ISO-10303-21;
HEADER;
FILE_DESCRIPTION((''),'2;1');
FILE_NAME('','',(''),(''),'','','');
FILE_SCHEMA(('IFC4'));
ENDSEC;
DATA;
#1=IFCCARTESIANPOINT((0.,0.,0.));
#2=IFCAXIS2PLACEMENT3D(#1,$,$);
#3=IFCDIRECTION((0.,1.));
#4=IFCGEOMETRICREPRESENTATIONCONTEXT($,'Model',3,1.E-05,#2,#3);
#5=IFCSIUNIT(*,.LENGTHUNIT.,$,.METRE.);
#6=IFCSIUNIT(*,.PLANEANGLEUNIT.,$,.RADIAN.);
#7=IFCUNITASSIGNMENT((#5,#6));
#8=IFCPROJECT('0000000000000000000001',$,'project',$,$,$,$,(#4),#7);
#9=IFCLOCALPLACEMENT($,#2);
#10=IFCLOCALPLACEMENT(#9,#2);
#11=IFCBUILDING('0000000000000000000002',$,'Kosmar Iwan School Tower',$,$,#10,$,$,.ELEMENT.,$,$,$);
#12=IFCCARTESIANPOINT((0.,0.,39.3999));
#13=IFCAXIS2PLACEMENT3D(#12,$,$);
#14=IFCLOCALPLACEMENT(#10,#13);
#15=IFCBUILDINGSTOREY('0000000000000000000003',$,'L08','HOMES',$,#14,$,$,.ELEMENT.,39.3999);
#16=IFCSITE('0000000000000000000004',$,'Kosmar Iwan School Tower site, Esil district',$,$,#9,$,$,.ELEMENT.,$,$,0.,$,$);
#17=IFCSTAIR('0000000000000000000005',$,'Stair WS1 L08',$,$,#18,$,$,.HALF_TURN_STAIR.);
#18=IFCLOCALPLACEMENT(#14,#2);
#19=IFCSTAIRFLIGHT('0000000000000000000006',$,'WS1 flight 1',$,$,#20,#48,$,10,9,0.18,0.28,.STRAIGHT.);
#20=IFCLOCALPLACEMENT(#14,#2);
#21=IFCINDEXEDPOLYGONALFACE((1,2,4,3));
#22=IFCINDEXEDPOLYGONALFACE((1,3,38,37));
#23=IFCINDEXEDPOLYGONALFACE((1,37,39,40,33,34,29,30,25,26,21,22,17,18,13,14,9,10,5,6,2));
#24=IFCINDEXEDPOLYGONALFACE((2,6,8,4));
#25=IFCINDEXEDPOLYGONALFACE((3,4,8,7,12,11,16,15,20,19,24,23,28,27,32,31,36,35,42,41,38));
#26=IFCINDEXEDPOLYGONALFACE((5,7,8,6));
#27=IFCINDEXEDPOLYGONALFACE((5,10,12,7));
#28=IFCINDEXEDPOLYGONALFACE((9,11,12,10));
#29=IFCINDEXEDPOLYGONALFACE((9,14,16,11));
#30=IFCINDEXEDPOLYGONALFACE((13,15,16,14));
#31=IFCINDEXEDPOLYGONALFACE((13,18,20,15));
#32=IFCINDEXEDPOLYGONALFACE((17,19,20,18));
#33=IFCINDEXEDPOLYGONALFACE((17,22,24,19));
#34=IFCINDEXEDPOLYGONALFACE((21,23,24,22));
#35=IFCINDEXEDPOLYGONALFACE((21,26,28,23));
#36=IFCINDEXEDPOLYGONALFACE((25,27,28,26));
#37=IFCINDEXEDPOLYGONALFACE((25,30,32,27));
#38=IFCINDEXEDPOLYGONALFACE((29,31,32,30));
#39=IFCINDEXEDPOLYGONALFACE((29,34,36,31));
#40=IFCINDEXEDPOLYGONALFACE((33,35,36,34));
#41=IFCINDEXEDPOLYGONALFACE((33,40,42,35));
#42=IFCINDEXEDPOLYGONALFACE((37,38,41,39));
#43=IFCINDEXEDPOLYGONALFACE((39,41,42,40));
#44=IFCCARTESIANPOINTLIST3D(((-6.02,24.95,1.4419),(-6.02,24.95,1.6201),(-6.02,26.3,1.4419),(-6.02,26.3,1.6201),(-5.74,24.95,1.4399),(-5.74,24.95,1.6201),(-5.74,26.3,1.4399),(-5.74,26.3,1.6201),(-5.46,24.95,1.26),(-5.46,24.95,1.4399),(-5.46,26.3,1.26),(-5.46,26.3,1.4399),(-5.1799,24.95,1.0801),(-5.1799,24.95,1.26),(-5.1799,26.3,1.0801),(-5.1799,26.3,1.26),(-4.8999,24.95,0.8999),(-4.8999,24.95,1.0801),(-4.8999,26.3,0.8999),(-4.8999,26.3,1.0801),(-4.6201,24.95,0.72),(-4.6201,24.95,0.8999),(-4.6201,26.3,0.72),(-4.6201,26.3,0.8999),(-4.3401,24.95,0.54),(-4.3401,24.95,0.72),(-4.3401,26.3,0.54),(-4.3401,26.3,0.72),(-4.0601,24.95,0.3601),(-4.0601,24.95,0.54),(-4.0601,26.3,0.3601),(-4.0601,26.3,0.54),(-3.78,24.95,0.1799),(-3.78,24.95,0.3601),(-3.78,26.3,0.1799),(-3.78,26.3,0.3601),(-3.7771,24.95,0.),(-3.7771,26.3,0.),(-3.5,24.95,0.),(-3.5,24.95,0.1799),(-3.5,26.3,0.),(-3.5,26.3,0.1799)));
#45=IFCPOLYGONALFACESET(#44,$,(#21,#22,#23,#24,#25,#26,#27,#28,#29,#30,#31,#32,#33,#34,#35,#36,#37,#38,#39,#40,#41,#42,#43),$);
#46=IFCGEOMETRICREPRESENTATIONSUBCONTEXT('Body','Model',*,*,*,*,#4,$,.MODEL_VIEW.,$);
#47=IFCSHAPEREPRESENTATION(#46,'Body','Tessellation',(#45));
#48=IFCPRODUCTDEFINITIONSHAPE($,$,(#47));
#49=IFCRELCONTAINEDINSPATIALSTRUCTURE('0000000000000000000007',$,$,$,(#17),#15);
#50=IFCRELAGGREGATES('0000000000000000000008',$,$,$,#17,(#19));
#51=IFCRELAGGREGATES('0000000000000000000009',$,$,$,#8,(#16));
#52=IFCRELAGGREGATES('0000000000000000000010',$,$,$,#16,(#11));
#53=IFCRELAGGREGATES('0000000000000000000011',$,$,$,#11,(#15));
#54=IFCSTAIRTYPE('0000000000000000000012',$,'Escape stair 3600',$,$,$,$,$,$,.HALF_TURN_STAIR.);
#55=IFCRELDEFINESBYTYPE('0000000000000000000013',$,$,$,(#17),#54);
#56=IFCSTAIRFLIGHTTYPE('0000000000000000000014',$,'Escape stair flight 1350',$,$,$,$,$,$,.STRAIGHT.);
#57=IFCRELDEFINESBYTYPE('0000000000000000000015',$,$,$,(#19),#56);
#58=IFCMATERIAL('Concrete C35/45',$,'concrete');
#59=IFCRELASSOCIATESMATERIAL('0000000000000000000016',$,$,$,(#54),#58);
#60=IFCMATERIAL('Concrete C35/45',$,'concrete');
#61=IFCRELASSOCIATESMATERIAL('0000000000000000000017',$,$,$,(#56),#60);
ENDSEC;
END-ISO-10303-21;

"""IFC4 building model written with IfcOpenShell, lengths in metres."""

from ifc_helpers import new_model, si_unit, direction, frame, origin, place, context, subcontext, project, spatial, polyline, outline, extrude, material, type_object, element, aggregate, save


model = new_model("IFC4")

# Units and contexts
model_context = context("Model", 3, precision=1e-05, world=origin(), true_north=direction((0.0, 1.0)))
body_context = subcontext(model_context, "Body", "Model", "MODEL_VIEW")
ifc_project = project(units=[si_unit("LENGTHUNIT", "METRE"), si_unit("PLANEANGLEUNIT", "RADIAN")], contexts=[model_context])

# Site, building, storey
site_placement = place(None, origin())
site = spatial("IfcSite", under=ifc_project, at=site_placement, Name="Kosmar Iwan School Tower site, Esil district", CompositionType="ELEMENT", RefElevation=0.0)
building_placement = place(site_placement, origin())
building = spatial("IfcBuilding", under=site, at=building_placement, Name="Kosmar Iwan School Tower", CompositionType="ELEMENT")
storey_placement = place(building_placement, frame((0.0, 0.0, 39.3999)))
storey = spatial("IfcBuildingStorey", under=building, at=storey_placement, Name="L08", Description="HOMES", CompositionType="ELEMENT", Elevation=39.3999)

# Stair, stair flight
ifc_material_1 = material(Name="Concrete C35/45", Category="concrete")
stair_type = type_object("IfcStairType", Name="Escape stair 3600", PredefinedType="HALF_TURN_STAIR", material=ifc_material_1)
stair_placement = place(storey_placement, origin())
stair = element("IfcStair", 1, at=stair_placement, inside=storey, type_object=stair_type, Name="Stair WS1 L08", PredefinedType="HALF_TURN_STAIR")
ifc_material_2 = material(Name="Concrete C35/45", Category="concrete")
stair_flight_type = type_object("IfcStairFlightType", Name="Escape stair flight 1350", PredefinedType="STRAIGHT", material=ifc_material_2)
stair_flight_placement = place(storey_placement, frame((-3.5, 25.625, 0.0), z_axis=(0.0, 0.0, 1.0), x_axis=(-1.0, 0.0, 0.0)))
stair_flight = element("IfcStairFlight", 2, at=stair_flight_placement, type_object=stair_flight_type, Name="WS1 flight 1", NumberOfRisers=10, NumberOfTreads=9, PredefinedType="STRAIGHT", RiserHeight=0.18, TreadLength=0.28, context=body_context, shape_type="SweptSolid", body=[
    extrude(outline(polyline([(0.0, 0.0), (0.0, 0.1799), (0.28, 0.1799), (0.28, 0.3601), (0.5601, 0.3601), (0.5601, 0.54), (0.8401, 0.54), (0.8401, 0.72), (1.1201, 0.72), (1.1201, 0.8999), (1.3999, 0.8999), (1.3999, 1.0801), (1.6799, 1.0801), (1.6799, 1.26), (1.96, 1.26), (1.96, 1.4399), (2.24, 1.4399), (2.24, 1.6201), (2.52, 1.6201), (2.52, 1.8), (2.52, 1.4419), (0.2771, 0.0), (0.0, 0.0)])), frame((0.0, 0.675, 0.0), z_axis=(0.0, -1.0, 0.0), x_axis=(1.0, 0.0, 0.0)), (0.0, 0.0, 1.0), 1.3501),
])
aggregate(stair, [stair_flight])

save(model, "model.ifc")
